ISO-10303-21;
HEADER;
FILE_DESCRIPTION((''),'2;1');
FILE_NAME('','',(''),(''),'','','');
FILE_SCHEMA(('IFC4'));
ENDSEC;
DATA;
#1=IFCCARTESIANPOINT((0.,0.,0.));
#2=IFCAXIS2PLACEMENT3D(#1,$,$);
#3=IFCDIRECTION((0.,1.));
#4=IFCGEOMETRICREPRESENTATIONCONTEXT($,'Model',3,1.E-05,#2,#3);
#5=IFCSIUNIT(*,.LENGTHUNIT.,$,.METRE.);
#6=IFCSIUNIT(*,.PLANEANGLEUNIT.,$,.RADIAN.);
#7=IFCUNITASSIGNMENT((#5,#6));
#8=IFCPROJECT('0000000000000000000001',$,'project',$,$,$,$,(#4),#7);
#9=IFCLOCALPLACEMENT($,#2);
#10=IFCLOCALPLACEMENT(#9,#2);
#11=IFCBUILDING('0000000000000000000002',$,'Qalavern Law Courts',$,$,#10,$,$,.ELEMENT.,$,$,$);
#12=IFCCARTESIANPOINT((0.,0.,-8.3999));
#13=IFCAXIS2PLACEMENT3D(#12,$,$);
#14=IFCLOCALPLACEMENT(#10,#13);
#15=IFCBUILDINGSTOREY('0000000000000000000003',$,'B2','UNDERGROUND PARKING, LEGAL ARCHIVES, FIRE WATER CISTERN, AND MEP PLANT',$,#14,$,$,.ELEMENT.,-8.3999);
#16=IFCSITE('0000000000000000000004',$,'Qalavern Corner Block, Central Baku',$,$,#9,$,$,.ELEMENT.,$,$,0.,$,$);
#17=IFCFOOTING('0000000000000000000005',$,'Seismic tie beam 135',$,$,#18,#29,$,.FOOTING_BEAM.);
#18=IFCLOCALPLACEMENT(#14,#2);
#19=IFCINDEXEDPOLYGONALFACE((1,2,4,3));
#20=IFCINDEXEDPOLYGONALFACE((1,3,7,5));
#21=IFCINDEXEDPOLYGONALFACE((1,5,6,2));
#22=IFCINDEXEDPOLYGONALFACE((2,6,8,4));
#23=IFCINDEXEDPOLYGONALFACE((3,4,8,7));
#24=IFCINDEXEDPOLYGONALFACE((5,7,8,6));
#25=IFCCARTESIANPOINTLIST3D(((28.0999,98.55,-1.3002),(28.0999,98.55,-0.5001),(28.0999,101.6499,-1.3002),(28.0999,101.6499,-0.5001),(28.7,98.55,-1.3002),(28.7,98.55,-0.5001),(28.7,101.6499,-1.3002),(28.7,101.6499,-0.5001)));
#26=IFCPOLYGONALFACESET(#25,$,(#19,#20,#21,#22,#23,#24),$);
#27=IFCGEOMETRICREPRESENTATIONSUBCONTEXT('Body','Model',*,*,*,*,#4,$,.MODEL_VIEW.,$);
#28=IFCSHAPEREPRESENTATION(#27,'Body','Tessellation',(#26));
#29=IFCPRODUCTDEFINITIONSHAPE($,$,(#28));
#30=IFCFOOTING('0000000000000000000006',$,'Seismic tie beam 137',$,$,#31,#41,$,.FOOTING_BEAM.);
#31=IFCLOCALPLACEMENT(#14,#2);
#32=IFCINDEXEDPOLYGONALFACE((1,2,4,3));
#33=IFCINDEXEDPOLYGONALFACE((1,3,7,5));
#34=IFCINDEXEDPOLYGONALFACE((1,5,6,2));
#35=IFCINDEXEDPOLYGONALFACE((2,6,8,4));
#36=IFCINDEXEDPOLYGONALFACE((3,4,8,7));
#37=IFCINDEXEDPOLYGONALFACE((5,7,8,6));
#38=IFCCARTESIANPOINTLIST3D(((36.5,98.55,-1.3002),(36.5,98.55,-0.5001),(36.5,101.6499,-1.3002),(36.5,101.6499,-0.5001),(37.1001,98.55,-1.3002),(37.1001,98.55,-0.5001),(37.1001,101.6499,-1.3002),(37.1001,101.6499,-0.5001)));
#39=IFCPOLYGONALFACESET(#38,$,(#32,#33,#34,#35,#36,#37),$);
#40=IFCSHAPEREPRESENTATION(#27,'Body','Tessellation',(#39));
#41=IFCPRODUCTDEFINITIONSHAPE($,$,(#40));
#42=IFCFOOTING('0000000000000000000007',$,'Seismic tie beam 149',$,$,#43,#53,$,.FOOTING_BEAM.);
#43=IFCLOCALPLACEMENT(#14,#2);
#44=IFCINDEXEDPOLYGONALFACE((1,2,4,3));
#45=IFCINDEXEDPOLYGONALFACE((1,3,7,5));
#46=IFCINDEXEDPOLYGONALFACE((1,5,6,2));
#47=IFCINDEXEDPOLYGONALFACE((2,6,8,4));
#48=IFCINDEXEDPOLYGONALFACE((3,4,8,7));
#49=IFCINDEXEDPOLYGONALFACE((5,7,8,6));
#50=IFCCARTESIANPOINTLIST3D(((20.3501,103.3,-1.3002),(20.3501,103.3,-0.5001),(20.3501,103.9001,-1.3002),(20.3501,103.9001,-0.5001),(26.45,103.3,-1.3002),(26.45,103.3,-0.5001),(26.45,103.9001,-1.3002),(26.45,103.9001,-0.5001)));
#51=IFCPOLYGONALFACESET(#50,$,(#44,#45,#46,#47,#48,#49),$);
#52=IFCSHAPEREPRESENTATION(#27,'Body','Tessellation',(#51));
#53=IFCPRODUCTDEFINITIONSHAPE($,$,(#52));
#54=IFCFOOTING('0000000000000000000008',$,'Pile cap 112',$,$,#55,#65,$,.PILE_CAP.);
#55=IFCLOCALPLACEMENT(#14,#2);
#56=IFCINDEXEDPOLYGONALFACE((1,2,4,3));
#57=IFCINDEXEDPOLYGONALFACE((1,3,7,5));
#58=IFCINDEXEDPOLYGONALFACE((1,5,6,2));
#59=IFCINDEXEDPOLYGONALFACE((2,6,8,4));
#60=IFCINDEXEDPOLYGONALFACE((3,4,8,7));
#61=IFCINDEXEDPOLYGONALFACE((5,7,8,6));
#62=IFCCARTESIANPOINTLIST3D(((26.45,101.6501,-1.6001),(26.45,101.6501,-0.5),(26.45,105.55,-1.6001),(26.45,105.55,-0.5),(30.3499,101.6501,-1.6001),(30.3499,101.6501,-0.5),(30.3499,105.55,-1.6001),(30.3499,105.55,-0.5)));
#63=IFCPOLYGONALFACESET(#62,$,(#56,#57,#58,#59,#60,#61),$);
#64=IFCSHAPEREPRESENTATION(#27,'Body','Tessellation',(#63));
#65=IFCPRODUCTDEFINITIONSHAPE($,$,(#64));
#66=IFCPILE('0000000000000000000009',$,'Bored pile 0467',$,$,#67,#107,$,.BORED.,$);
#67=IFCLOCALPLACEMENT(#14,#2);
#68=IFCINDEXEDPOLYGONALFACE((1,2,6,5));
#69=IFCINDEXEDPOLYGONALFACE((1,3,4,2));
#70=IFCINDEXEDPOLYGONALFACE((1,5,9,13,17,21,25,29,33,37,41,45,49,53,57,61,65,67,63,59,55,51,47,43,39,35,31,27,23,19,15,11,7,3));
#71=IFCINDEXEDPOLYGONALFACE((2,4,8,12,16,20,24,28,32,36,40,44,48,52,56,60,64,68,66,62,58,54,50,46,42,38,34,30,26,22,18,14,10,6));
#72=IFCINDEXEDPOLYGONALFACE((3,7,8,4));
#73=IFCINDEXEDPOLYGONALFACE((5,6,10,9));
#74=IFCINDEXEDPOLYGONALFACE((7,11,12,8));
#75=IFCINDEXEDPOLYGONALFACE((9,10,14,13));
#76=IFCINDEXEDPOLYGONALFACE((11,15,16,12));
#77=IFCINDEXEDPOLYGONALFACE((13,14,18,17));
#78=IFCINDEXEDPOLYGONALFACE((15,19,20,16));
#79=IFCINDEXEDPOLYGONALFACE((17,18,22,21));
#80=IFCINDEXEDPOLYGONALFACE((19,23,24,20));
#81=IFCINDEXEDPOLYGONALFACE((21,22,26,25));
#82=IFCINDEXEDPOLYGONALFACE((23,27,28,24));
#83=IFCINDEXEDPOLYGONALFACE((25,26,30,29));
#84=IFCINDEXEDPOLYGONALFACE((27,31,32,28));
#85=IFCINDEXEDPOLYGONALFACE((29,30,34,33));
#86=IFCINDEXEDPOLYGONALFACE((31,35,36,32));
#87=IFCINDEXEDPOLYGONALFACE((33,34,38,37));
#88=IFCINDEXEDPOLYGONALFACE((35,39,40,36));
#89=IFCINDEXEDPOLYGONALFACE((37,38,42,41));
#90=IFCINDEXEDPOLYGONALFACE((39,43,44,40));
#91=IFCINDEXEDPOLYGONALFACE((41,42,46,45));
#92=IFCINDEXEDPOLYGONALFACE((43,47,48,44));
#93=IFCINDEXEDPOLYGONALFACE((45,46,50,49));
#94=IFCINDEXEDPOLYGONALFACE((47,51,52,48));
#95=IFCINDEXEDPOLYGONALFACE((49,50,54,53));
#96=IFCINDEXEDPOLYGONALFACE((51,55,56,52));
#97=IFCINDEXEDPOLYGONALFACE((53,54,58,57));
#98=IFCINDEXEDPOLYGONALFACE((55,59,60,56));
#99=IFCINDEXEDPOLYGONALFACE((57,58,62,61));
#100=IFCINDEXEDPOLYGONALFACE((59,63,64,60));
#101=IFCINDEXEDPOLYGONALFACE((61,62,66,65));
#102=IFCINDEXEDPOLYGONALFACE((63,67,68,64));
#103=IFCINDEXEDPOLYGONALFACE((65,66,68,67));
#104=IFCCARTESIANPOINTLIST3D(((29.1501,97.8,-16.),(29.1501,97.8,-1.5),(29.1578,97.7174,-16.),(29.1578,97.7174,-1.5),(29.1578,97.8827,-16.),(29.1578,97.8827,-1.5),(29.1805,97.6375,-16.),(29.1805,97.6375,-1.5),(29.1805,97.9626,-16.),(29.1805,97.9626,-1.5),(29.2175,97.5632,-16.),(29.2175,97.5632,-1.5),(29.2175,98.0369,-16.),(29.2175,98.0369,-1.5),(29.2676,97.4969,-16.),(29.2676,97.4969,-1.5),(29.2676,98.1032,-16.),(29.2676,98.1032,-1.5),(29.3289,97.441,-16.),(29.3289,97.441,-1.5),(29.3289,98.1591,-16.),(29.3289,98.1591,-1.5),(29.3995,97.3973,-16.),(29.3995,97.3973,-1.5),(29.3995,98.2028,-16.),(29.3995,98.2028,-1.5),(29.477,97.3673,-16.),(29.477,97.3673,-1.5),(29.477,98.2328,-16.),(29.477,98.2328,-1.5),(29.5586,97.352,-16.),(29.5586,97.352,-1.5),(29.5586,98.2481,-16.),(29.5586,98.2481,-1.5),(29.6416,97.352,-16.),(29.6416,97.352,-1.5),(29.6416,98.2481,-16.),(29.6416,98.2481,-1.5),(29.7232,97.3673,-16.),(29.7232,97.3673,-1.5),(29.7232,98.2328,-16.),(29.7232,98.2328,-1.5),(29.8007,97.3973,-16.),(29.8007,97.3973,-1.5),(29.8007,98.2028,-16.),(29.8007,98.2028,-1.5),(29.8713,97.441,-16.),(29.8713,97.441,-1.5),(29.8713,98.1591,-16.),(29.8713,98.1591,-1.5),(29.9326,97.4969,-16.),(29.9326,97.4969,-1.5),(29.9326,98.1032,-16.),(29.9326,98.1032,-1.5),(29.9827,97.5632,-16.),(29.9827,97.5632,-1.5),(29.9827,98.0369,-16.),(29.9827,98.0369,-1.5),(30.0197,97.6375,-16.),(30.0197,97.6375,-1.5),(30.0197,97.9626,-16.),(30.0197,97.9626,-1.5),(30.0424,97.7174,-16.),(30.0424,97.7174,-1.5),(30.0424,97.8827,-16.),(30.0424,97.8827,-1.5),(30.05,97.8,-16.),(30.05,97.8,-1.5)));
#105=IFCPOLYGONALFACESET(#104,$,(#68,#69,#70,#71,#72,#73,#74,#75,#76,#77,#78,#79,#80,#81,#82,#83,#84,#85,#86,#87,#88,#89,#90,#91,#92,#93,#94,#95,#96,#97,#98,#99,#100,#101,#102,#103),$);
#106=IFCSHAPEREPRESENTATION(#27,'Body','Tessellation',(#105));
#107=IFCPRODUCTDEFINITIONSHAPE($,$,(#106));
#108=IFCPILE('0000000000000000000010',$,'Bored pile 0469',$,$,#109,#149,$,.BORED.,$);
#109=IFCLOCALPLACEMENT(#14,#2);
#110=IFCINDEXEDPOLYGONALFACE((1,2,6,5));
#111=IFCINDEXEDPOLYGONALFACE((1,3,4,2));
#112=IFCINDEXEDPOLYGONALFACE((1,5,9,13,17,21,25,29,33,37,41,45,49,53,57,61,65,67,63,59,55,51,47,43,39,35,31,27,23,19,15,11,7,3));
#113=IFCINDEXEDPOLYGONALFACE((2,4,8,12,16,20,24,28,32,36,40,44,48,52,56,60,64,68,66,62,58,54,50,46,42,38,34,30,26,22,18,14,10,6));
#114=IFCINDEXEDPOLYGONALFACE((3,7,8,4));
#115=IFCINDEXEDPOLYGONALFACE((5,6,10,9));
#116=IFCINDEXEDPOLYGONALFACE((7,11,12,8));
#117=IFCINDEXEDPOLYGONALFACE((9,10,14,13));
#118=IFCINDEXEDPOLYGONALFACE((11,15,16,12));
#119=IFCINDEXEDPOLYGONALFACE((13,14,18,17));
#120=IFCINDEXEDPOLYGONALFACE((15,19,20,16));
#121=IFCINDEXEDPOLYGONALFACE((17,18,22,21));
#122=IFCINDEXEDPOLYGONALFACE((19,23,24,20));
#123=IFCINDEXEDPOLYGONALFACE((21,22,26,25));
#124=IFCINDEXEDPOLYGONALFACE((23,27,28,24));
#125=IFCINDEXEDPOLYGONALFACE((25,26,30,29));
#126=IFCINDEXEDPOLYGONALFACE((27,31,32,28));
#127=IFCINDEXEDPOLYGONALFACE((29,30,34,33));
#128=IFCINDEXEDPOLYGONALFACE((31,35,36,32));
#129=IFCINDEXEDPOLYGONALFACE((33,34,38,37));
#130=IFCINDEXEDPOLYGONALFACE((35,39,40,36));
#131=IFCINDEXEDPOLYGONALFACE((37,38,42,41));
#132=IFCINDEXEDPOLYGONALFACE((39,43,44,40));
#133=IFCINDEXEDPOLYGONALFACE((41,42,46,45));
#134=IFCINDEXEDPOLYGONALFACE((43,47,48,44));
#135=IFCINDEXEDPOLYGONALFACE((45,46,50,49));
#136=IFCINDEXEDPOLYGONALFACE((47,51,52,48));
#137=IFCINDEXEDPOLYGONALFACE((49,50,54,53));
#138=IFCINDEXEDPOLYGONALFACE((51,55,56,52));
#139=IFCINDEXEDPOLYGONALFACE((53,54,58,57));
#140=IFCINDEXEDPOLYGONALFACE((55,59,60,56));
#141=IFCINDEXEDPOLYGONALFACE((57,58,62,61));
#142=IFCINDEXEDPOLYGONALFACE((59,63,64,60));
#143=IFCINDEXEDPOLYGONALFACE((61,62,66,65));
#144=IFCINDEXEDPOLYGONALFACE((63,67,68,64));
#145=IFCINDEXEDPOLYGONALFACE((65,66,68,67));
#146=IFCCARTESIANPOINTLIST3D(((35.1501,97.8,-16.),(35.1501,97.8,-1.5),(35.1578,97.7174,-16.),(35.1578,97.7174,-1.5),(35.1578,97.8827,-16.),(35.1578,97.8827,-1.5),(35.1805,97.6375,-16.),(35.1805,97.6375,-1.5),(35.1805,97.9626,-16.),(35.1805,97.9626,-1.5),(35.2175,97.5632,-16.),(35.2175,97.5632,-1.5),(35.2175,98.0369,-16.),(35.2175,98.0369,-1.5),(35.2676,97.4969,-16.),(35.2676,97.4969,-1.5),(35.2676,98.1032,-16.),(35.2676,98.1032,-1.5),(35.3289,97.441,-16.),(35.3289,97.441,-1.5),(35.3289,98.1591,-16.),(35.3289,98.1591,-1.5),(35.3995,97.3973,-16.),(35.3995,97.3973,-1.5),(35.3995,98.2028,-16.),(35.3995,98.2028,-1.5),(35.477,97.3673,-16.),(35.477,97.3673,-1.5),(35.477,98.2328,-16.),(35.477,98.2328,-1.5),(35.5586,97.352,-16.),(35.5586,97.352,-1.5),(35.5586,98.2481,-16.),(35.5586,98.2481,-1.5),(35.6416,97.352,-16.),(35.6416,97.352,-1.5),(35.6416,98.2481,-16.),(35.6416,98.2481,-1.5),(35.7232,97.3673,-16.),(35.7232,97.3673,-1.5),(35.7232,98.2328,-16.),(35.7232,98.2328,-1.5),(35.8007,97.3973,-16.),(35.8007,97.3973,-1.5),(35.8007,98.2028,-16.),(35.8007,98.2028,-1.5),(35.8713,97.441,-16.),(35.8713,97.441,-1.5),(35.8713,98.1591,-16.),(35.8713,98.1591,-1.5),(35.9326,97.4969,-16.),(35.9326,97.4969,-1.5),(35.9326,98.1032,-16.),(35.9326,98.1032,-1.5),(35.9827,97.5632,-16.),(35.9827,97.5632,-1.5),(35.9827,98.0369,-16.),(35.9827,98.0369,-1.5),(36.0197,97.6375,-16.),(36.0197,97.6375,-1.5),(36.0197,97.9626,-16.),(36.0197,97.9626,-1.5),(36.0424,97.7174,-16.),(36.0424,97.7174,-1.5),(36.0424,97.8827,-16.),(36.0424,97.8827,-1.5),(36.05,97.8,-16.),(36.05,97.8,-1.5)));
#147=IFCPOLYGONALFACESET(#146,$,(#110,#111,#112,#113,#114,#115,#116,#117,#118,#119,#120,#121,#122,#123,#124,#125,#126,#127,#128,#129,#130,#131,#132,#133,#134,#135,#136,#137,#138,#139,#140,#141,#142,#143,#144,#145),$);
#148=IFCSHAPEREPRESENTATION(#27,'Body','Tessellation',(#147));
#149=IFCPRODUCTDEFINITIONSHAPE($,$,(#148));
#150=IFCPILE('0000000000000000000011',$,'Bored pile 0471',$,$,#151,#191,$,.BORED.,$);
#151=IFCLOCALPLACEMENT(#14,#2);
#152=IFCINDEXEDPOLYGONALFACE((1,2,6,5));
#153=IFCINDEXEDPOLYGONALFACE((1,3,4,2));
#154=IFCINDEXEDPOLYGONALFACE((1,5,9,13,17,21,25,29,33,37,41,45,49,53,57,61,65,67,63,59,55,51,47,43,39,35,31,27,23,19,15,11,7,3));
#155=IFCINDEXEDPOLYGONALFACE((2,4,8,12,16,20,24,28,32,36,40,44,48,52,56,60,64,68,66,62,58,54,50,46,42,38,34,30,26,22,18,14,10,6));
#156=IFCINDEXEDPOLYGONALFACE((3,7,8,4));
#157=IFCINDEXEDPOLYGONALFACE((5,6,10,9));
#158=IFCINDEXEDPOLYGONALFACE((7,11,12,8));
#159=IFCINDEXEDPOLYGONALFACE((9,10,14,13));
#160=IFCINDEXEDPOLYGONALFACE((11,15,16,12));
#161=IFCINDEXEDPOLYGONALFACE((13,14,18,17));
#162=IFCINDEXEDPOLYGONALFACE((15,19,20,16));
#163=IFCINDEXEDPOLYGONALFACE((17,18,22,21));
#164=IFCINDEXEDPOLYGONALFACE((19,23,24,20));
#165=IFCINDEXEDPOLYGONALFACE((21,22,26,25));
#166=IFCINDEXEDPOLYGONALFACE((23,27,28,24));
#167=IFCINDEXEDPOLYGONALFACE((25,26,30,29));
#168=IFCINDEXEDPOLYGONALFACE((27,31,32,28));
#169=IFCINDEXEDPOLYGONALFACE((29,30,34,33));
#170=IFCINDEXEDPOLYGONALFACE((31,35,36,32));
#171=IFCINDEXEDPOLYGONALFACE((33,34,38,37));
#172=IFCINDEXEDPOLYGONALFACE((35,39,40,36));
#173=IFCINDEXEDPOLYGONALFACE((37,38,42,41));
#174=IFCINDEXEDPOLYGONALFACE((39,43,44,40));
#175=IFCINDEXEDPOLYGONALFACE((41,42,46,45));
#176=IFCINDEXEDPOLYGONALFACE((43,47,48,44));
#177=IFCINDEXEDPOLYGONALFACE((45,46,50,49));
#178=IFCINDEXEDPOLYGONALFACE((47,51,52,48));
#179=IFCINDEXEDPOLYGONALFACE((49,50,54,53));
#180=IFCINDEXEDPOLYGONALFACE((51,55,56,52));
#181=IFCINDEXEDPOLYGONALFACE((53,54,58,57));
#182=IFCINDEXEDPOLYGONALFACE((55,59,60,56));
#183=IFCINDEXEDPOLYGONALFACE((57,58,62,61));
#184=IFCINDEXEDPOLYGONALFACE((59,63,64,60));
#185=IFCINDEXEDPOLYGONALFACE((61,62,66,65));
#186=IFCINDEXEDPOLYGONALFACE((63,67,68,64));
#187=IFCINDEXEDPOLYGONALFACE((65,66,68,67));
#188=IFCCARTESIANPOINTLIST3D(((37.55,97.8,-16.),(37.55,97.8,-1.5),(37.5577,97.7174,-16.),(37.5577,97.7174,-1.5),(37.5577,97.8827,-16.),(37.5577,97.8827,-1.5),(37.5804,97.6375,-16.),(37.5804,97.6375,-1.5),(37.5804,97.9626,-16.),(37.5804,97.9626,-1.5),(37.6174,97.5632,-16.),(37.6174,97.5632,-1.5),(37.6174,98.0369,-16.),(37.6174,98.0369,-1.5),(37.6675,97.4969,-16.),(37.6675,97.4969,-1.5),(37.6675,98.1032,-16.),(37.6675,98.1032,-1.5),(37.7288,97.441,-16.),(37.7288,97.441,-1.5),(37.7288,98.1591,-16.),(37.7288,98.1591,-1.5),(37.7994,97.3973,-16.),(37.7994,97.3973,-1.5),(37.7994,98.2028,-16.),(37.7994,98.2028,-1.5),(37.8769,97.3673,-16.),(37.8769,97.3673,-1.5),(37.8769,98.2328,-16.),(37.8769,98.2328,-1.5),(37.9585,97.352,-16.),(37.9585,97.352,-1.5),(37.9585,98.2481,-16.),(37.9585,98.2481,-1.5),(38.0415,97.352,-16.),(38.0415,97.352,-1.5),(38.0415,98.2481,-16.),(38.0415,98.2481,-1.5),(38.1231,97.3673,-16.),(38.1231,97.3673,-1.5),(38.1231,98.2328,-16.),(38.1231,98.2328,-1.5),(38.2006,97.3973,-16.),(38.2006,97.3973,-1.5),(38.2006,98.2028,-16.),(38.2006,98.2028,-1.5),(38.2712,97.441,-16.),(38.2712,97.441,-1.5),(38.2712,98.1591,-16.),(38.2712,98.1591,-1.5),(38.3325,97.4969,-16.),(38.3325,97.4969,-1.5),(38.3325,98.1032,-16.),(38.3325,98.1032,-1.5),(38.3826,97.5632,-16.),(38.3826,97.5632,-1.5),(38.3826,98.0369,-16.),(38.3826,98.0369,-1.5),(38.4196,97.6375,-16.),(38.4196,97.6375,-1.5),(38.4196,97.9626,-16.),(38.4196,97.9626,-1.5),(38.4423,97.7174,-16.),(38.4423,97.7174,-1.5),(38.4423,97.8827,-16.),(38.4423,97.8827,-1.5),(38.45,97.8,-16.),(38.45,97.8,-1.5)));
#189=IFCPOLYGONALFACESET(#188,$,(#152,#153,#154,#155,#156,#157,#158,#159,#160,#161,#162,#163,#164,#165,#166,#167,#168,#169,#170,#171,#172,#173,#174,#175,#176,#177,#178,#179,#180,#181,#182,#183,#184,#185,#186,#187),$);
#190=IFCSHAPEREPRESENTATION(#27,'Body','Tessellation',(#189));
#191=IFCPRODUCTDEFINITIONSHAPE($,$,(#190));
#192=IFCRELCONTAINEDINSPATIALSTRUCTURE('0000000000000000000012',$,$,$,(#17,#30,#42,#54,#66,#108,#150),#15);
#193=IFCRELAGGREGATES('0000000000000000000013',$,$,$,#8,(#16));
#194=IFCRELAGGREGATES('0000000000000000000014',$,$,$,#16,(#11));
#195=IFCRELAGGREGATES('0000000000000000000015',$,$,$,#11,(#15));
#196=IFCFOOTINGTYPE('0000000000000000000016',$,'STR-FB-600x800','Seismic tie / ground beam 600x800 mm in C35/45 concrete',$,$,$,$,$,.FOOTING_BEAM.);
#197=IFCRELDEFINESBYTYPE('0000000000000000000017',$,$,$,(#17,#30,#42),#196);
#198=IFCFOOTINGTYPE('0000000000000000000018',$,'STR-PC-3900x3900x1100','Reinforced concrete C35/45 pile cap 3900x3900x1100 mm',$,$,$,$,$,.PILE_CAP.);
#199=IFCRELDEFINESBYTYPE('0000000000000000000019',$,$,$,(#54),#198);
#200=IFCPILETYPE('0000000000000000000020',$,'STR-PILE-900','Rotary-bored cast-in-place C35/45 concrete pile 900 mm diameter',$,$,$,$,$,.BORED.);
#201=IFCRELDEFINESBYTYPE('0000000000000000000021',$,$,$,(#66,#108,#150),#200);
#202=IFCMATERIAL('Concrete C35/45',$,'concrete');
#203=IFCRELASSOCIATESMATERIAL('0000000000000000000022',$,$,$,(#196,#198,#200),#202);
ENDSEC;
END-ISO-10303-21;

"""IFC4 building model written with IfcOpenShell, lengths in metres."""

from ifc_helpers import new_model, si_unit, direction, frame, origin, origin_2d, place, context, subcontext, project, spatial, rectangle, circle, extrude, material, material_profile, profile_set, type_object, element, save


model = new_model("IFC4")

# Units and contexts
model_context = context("Model", 3, precision=1e-05, world=origin(), true_north=direction((0.0, 1.0)))
body_context = subcontext(model_context, "Body", "Model", "MODEL_VIEW")
ifc_project = project(units=[si_unit("LENGTHUNIT", "METRE"), si_unit("PLANEANGLEUNIT", "RADIAN")], contexts=[model_context])

# Site, building, storey
site_placement = place(None, origin())
site = spatial("IfcSite", under=ifc_project, at=site_placement, Name="Qalavern Corner Block, Central Baku", CompositionType="ELEMENT", RefElevation=0.0)
building_placement = place(site_placement, origin())
building = spatial("IfcBuilding", under=site, at=building_placement, Name="Qalavern Law Courts", CompositionType="ELEMENT")
storey_placement = place(building_placement, frame((0.0, 0.0, -8.3999)))
storey = spatial("IfcBuildingStorey", under=building, at=storey_placement, Name="B2", Description="UNDERGROUND PARKING, LEGAL ARCHIVES, FIRE WATER CISTERN, AND MEP PLANT", CompositionType="ELEMENT", Elevation=-8.3999)

# Footings
ifc_material_1 = material(Name="Concrete C35/45", Category="concrete")
ifc_material_profile_1 = material_profile(ifc_material_1, rectangle(XDim=0.6001, YDim=0.8, at=origin_2d()), Name="RC 600x800")
ifc_profile_set_1 = profile_set([ifc_material_profile_1], Name="Concrete C35/45")
footing_type_1 = type_object("IfcFootingType", Name="STR-FB-600x800", Description="Seismic tie / ground beam 600x800 mm in C35/45 concrete", PredefinedType="FOOTING_BEAM", material=ifc_profile_set_1)
for number, where, z_axis, x_axis, name in (
    (1, (28.3999, 98.55, -0.9001), (0.0, 1.0, 0.0), (-1.0, 0.0, 0.0), "Seismic tie beam 135"),
    (2, (36.8, 98.55, -0.9001), (0.0, 1.0, 0.0), (-1.0, 0.0, 0.0), "Seismic tie beam 137"),
):
    element("IfcFooting", number, at=place(storey_placement, frame(where, z_axis=z_axis, x_axis=x_axis)), inside=storey, type_object=footing_type_1, Name=name, PredefinedType="FOOTING_BEAM", context=body_context, shape_type="SweptSolid", body=[
        extrude(rectangle(XDim=0.6001, YDim=0.8, at=origin_2d()), origin(), (0.0, 0.0, 1.0), 3.0999),
    ])
footing_1_placement = place(storey_placement, frame((20.3501, 103.6001, -0.9001), z_axis=(1.0, 0.0, 0.0), x_axis=(0.0, 1.0, 0.0)))
element("IfcFooting", 3, at=footing_1_placement, inside=storey, type_object=footing_type_1, Name="Seismic tie beam 149", PredefinedType="FOOTING_BEAM", context=body_context, shape_type="SweptSolid", body=[
    extrude(rectangle(XDim=0.6001, YDim=0.8, at=origin_2d()), origin(), (0.0, 0.0, 1.0), 6.0999),
])
footing_type_2 = type_object("IfcFootingType", Name="STR-PC-3900x3900x1100", Description="Reinforced concrete C35/45 pile cap 3900x3900x1100 mm", PredefinedType="PILE_CAP", material=ifc_material_1)
footing_2_placement = place(storey_placement, frame((28.3999, 103.6001, -1.6001), z_axis=(0.0, 0.0, 1.0), x_axis=(1.0, 0.0, 0.0)))
element("IfcFooting", 4, at=footing_2_placement, inside=storey, type_object=footing_type_2, Name="Pile cap 112", PredefinedType="PILE_CAP", context=body_context, shape_type="SweptSolid", body=[
    extrude(rectangle(XDim=3.8999, YDim=3.8999, at=origin_2d()), origin(), (0.0, 0.0, 1.0), 1.1001),
])

# Piles
ifc_material_profile_2 = material_profile(ifc_material_1, circle(Radius=0.45, at=origin_2d()), Name="BORED PILE 900")
ifc_profile_set_2 = profile_set([ifc_material_profile_2], Name="Concrete C35/45")
pile_type = type_object("IfcPileType", Name="STR-PILE-900", Description="Rotary-bored cast-in-place C35/45 concrete pile 900 mm diameter", PredefinedType="BORED", material=ifc_profile_set_2)
for number, where, z_axis, x_axis, name in (
    (5, (29.6001, 97.8, -1.5), (0.0, 0.0, -1.0), (1.0, 0.0, 0.0), "Bored pile 0467"),
    (6, (35.6001, 97.8, -1.5), (0.0, 0.0, -1.0), (1.0, 0.0, 0.0), "Bored pile 0469"),
    (7, (38.0, 97.8, -1.5), (0.0, 0.0, -1.0), (1.0, 0.0, 0.0), "Bored pile 0471"),
):
    element("IfcPile", number, at=place(storey_placement, frame(where, z_axis=z_axis, x_axis=x_axis)), inside=storey, type_object=pile_type, Name=name, PredefinedType="BORED", context=body_context, shape_type="SweptSolid", body=[
        extrude(circle(Radius=0.45, at=origin_2d()), origin(), (0.0, 0.0, 1.0), 14.5),
    ])

save(model, "model.ifc")
